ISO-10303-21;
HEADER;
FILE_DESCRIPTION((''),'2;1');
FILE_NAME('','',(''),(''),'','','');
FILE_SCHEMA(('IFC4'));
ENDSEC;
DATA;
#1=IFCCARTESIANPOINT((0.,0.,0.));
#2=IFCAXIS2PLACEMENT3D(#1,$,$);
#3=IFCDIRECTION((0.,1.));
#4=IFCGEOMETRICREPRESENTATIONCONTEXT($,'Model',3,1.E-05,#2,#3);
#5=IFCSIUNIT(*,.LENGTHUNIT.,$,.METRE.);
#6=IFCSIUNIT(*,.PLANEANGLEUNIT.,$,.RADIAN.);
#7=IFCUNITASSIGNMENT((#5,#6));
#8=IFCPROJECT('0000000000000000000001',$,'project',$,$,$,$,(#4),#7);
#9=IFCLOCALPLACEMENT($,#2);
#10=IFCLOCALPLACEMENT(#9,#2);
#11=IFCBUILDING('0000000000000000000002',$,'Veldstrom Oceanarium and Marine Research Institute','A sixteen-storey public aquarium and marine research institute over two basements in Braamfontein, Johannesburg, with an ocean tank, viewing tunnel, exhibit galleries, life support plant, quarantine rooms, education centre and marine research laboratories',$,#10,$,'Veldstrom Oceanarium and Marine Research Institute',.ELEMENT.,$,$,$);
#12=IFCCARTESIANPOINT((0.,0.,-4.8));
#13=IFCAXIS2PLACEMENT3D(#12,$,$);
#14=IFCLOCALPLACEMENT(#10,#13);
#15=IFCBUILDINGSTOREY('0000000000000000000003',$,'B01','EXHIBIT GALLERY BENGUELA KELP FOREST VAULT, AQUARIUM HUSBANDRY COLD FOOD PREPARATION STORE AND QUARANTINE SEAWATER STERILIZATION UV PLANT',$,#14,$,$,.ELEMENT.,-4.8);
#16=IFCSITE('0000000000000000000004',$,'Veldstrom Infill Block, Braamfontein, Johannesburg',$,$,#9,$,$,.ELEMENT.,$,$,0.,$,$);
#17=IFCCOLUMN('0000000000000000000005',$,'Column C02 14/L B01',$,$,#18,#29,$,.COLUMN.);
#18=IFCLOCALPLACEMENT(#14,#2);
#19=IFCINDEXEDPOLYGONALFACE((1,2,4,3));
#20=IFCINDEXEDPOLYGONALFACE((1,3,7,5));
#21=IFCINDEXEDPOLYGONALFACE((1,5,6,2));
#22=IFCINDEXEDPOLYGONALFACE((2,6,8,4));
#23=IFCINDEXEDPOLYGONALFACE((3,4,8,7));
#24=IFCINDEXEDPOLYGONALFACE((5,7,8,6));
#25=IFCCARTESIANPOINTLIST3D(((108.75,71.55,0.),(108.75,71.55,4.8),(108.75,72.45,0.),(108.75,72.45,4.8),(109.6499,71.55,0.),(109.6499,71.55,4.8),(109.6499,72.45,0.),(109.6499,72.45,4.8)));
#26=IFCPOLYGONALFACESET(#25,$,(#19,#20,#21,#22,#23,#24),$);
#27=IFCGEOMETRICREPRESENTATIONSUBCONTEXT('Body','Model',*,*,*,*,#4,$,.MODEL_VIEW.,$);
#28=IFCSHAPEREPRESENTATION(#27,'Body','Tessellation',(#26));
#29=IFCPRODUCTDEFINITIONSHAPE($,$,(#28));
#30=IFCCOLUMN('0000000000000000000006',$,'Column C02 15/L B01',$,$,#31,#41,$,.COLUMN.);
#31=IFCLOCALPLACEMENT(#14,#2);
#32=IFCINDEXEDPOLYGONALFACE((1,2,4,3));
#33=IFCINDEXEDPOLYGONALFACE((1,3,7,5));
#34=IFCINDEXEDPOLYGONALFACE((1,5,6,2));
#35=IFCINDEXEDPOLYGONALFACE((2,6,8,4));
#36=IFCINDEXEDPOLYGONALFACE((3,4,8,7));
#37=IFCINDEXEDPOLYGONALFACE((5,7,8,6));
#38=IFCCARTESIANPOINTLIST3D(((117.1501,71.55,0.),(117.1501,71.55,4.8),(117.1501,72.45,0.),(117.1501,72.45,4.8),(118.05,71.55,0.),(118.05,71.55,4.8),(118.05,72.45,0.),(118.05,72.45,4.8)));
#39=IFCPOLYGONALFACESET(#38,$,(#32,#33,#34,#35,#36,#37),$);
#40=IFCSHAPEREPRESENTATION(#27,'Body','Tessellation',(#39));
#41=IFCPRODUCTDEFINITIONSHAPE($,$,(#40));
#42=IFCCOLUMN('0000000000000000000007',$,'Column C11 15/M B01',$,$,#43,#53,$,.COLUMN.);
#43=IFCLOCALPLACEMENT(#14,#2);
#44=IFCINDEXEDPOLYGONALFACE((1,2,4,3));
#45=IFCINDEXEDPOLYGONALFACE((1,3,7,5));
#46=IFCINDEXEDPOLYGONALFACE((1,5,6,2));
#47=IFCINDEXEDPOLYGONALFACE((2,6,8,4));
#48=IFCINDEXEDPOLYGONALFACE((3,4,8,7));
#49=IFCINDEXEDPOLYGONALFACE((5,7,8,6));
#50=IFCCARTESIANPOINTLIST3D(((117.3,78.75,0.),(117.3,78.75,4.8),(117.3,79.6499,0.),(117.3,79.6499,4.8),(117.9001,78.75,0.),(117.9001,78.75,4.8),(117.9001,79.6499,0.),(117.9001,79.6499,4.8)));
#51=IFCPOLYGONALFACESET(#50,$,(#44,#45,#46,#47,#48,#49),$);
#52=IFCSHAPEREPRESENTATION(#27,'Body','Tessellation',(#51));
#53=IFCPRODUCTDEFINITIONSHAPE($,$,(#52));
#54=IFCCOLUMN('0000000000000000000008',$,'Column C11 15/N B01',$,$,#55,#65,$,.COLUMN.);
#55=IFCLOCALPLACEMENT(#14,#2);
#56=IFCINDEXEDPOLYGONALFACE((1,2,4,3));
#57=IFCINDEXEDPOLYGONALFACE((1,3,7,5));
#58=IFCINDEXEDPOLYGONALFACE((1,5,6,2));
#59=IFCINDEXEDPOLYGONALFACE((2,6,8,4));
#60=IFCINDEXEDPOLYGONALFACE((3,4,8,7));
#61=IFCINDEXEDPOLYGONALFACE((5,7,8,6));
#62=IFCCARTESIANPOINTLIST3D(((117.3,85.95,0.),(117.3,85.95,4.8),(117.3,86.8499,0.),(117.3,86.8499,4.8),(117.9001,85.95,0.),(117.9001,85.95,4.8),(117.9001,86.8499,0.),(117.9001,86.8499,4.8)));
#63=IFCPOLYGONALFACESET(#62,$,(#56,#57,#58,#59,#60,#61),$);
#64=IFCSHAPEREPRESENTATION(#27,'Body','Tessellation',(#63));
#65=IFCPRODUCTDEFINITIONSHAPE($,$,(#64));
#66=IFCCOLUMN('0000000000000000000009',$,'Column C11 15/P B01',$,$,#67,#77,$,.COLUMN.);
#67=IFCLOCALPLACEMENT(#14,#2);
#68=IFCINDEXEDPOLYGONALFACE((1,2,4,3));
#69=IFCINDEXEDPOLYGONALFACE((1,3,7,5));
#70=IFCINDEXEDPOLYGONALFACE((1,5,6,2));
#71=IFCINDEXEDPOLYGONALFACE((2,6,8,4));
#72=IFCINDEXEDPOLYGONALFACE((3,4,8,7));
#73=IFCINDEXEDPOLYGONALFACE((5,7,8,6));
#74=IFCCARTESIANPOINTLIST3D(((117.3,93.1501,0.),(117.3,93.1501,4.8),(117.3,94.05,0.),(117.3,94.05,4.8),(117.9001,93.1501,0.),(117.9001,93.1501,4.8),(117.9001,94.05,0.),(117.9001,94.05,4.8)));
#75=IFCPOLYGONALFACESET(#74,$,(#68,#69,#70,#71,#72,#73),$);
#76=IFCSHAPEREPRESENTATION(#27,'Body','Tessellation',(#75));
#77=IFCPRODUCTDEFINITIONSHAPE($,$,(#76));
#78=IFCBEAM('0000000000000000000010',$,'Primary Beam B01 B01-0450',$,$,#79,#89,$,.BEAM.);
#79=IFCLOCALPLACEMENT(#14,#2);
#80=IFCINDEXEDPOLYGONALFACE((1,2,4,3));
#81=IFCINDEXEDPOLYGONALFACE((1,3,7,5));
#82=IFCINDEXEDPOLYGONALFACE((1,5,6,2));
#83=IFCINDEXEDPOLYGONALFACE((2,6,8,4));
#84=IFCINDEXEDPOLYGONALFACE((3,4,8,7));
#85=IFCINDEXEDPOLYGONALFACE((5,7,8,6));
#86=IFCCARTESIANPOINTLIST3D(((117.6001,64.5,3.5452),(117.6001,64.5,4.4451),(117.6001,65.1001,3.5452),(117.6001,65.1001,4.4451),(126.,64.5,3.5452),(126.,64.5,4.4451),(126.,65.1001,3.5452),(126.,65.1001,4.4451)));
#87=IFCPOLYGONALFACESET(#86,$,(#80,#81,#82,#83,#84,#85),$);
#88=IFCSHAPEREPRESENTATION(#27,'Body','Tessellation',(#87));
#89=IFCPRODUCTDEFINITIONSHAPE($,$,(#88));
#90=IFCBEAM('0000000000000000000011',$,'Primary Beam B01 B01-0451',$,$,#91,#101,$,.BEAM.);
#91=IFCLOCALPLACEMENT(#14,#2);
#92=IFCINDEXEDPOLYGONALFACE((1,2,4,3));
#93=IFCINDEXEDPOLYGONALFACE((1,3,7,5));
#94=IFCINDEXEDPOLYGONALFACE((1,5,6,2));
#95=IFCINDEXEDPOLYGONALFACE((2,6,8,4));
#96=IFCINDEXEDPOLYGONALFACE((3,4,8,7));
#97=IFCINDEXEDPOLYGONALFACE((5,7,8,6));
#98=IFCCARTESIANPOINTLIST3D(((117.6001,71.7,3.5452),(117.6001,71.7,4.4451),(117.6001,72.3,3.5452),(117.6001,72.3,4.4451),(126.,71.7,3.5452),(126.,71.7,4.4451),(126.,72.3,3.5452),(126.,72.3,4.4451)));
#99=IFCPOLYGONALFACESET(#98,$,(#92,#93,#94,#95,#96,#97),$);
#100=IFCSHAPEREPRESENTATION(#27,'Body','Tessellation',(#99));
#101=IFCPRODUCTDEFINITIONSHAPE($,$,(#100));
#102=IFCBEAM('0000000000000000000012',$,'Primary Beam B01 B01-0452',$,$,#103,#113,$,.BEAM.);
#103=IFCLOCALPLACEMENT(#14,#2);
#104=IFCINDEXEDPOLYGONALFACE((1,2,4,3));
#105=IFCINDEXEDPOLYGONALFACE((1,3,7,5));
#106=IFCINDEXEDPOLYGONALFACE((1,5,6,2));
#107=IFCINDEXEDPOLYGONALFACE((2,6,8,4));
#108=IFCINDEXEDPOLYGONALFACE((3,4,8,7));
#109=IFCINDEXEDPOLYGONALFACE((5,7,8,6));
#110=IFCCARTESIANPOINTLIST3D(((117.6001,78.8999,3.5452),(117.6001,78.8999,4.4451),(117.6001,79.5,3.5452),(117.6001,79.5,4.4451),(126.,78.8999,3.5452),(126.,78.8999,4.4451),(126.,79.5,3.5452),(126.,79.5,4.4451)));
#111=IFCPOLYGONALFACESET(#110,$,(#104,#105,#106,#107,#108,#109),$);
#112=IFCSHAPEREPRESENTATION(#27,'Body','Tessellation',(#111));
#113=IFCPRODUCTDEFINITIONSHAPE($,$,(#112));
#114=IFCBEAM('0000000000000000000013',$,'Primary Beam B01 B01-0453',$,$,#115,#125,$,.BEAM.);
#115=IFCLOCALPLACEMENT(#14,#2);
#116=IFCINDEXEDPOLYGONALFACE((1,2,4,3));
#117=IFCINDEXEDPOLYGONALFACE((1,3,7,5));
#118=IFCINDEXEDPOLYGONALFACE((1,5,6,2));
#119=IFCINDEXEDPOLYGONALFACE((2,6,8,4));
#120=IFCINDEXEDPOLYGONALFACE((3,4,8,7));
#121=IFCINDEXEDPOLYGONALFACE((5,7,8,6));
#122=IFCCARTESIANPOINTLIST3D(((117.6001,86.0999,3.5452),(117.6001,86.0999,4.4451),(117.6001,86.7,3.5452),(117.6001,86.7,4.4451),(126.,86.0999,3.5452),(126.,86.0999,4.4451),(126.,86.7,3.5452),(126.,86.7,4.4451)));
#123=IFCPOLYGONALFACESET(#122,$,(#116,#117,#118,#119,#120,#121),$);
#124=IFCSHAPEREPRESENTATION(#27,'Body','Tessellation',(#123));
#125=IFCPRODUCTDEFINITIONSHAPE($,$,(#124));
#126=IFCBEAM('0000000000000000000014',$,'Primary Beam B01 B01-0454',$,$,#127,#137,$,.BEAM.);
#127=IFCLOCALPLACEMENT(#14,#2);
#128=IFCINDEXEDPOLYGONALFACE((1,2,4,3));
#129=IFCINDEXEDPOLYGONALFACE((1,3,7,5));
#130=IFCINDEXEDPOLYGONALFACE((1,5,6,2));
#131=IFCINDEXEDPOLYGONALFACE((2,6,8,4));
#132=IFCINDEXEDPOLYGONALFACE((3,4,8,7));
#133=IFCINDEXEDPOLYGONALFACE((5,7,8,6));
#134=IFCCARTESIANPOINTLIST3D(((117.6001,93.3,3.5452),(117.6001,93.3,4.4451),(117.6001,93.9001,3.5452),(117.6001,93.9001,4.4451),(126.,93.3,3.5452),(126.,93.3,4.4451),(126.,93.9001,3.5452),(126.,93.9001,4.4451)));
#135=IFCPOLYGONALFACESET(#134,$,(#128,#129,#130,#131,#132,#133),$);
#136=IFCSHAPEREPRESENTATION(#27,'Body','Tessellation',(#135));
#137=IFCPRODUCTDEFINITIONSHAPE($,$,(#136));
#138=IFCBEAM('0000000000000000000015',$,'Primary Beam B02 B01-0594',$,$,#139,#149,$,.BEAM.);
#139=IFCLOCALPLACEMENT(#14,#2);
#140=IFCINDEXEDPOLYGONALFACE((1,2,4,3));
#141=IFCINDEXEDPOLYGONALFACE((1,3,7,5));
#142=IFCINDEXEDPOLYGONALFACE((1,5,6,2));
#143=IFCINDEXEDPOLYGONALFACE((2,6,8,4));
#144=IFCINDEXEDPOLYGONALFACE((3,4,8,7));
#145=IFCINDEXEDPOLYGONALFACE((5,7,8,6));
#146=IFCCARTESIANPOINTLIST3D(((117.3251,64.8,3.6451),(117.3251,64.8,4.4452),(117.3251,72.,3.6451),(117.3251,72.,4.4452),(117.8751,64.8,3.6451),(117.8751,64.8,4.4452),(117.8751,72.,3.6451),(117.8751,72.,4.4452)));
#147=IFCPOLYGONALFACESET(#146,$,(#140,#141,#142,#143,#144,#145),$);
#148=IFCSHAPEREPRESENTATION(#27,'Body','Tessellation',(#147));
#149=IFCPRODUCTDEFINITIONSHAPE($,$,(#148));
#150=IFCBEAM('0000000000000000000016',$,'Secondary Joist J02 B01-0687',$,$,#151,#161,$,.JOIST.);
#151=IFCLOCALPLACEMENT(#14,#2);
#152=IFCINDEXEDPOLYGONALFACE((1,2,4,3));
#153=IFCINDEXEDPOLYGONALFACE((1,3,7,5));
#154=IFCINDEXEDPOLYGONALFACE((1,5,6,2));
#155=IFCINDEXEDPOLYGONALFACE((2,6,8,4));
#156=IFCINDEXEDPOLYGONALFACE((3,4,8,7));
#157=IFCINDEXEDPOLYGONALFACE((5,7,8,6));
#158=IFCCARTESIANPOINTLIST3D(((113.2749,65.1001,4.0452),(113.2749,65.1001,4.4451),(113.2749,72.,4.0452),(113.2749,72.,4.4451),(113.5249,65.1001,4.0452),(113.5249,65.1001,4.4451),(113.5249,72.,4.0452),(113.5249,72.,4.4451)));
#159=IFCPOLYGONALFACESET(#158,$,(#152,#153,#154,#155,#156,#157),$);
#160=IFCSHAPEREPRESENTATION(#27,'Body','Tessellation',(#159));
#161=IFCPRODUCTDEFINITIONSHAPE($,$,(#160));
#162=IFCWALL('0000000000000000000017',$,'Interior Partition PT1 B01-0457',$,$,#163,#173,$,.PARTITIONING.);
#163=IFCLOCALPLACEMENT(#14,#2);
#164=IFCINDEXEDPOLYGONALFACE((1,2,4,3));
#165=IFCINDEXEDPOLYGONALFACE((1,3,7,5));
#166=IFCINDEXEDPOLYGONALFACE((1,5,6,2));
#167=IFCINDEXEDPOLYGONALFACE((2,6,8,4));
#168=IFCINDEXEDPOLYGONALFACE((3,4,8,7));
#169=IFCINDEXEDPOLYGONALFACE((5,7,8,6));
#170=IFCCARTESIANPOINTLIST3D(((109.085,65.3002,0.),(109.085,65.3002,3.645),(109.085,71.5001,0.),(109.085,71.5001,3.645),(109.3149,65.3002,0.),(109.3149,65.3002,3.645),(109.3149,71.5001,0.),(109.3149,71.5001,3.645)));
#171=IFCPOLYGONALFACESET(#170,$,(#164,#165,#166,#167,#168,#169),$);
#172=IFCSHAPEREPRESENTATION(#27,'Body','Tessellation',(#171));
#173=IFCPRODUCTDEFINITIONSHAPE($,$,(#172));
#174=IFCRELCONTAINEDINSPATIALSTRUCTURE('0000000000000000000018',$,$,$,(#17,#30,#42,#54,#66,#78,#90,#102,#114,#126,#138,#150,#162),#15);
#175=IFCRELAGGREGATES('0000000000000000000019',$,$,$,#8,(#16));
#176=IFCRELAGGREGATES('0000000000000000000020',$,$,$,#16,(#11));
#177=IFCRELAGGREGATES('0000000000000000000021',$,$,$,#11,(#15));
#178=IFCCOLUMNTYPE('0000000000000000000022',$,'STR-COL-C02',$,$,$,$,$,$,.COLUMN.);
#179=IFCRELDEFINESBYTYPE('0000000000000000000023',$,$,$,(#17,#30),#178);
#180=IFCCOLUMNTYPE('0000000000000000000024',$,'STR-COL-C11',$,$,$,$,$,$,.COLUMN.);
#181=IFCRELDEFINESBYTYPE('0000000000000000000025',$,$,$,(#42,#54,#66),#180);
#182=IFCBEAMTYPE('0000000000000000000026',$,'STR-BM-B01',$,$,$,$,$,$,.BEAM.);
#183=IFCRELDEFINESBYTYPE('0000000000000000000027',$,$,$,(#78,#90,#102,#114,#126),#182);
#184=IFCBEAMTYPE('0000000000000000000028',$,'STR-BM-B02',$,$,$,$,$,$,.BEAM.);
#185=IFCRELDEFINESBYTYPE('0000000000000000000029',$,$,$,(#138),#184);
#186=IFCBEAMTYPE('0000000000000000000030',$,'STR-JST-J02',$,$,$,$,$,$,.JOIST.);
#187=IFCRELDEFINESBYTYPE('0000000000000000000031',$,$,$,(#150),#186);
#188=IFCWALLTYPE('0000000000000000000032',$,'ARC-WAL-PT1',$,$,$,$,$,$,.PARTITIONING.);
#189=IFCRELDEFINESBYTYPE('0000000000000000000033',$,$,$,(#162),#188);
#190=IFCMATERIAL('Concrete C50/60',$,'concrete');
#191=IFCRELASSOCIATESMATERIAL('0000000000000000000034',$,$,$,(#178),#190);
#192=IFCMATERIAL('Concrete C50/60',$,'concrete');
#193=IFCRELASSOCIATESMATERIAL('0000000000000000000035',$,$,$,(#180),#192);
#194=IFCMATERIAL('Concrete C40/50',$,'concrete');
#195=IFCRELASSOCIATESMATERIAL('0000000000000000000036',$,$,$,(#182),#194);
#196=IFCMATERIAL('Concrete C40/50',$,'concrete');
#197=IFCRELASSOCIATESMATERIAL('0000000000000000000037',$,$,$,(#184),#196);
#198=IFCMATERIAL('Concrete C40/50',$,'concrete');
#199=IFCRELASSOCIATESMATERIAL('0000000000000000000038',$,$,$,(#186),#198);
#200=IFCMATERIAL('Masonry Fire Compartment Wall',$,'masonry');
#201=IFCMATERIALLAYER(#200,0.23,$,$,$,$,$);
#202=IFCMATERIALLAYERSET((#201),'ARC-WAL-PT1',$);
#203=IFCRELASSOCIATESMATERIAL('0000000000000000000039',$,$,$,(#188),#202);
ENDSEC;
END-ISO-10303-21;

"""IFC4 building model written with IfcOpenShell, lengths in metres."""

from ifc_helpers import new_model, si_unit, direction, frame, frame_2d, origin, origin_2d, place, context, subcontext, project, spatial, rectangle, extrude, material, layer, layer_set, material_profile, profile_set, type_object, element, save


model = new_model("IFC4")

# Units and contexts
model_context = context("Model", 3, precision=1e-05, world=origin(), true_north=direction((0.0, 1.0)))
body_context = subcontext(model_context, "Body", "Model", "MODEL_VIEW")
ifc_project = project(units=[si_unit("LENGTHUNIT", "METRE"), si_unit("PLANEANGLEUNIT", "RADIAN")], contexts=[model_context])

# Site, building, storey
site_placement = place(None, origin())
site = spatial("IfcSite", under=ifc_project, at=site_placement, Name="Veldstrom Infill Block, Braamfontein, Johannesburg", CompositionType="ELEMENT", RefElevation=0.0)
building_placement = place(site_placement, origin())
building = spatial("IfcBuilding", under=site, at=building_placement, Name="Veldstrom Oceanarium and Marine Research Institute", Description="A sixteen-storey public aquarium and marine research institute over two basements in Braamfontein, Johannesburg, with an ocean tank, viewing tunnel, exhibit galleries, life support plant, quarantine rooms, education centre and marine research laboratories", LongName="Veldstrom Oceanarium and Marine Research Institute", CompositionType="ELEMENT")
storey_placement = place(building_placement, frame((0.0, 0.0, -4.8)))
storey = spatial("IfcBuildingStorey", under=building, at=storey_placement, Name="B01", Description="EXHIBIT GALLERY BENGUELA KELP FOREST VAULT, AQUARIUM HUSBANDRY COLD FOOD PREPARATION STORE AND QUARANTINE SEAWATER STERILIZATION UV PLANT", CompositionType="ELEMENT", Elevation=-4.8)

# Columns
ifc_material_1 = material(Name="Concrete C50/60", Category="concrete")
ifc_material_profile_1 = material_profile(ifc_material_1, rectangle(XDim=0.8999, YDim=0.8999, at=origin_2d()), Name="RC-COL-900x900")
ifc_profile_set_1 = profile_set([ifc_material_profile_1], Name="Concrete C50/60")
column_type_1 = type_object("IfcColumnType", Name="STR-COL-C02", PredefinedType="COLUMN", material=ifc_profile_set_1)
for number, where, z_axis, x_axis, name in (
    (1, (109.2, 72.0, 0.0), (0.0, 0.0, 1.0), (1.0, 0.0, 0.0), "Column C02 14/L B01"),
    (2, (117.6001, 72.0, 0.0), (0.0, 0.0, 1.0), (1.0, 0.0, 0.0), "Column C02 15/L B01"),
):
    element("IfcColumn", number, at=place(storey_placement, frame(where, z_axis=z_axis, x_axis=x_axis)), inside=storey, type_object=column_type_1, Name=name, PredefinedType="COLUMN", context=body_context, shape_type="SweptSolid", body=[
        extrude(rectangle(XDim=0.8999, YDim=0.8999, at=origin_2d()), origin(), (0.0, 0.0, 1.0), 4.8),
    ])
ifc_material_2 = material(Name="Concrete C50/60", Category="concrete")
ifc_material_profile_2 = material_profile(ifc_material_2, rectangle(XDim=0.6001, YDim=0.8999, at=origin_2d()), Name="RC-COL-900x600")
ifc_profile_set_2 = profile_set([ifc_material_profile_2], Name="Concrete C50/60")
column_type_2 = type_object("IfcColumnType", Name="STR-COL-C11", PredefinedType="COLUMN", material=ifc_profile_set_2)
for number, where, z_axis, x_axis, name in (
    (3, (117.6001, 79.2, 0.0), (0.0, 0.0, 1.0), (1.0, 0.0, 0.0), "Column C11 15/M B01"),
    (4, (117.6001, 86.3999, 0.0), (0.0, 0.0, 1.0), (1.0, 0.0, 0.0), "Column C11 15/N B01"),
    (5, (117.6001, 93.6001, 0.0), (0.0, 0.0, 1.0), (1.0, 0.0, 0.0), "Column C11 15/P B01"),
):
    element("IfcColumn", number, at=place(storey_placement, frame(where, z_axis=z_axis, x_axis=x_axis)), inside=storey, type_object=column_type_2, Name=name, PredefinedType="COLUMN", context=body_context, shape_type="SweptSolid", body=[
        extrude(rectangle(XDim=0.6001, YDim=0.8999, at=origin_2d()), origin(), (0.0, 0.0, 1.0), 4.8),
    ])

# Beams
ifc_material_3 = material(Name="Concrete C40/50", Category="concrete")
ifc_material_profile_3 = material_profile(ifc_material_3, rectangle(XDim=0.6001, YDim=0.8999, at=origin_2d()), Name="RC-BM-600x900")
ifc_profile_set_3 = profile_set([ifc_material_profile_3], Name="Concrete C40/50")
beam_type_1 = type_object("IfcBeamType", Name="STR-BM-B01", PredefinedType="BEAM", material=ifc_profile_set_3)
for number, where, z_axis, x_axis, name in (
    (6, (117.6001, 64.8, 3.9951), (1.0, 0.0, 0.0), (0.0, 1.0, 0.0), "Primary Beam B01 B01-0450"),
    (7, (117.6001, 72.0, 3.9951), (1.0, 0.0, 0.0), (0.0, 1.0, 0.0), "Primary Beam B01 B01-0451"),
    (8, (117.6001, 79.2, 3.9951), (1.0, 0.0, 0.0), (0.0, 1.0, 0.0), "Primary Beam B01 B01-0452"),
    (9, (117.6001, 86.3999, 3.9951), (1.0, 0.0, 0.0), (0.0, 1.0, 0.0), "Primary Beam B01 B01-0453"),
    (10, (117.6001, 93.6001, 3.9951), (1.0, 0.0, 0.0), (0.0, 1.0, 0.0), "Primary Beam B01 B01-0454"),
):
    element("IfcBeam", number, at=place(storey_placement, frame(where, z_axis=z_axis, x_axis=x_axis)), inside=storey, type_object=beam_type_1, Name=name, PredefinedType="BEAM", context=body_context, shape_type="SweptSolid", body=[
        extrude(rectangle(XDim=0.6001, YDim=0.8999, at=origin_2d()), origin(), (0.0, 0.0, 1.0), 8.3999),
    ])
ifc_material_4 = material(Name="Concrete C40/50", Category="concrete")
ifc_material_profile_4 = material_profile(ifc_material_4, rectangle(XDim=0.55, YDim=0.8, at=origin_2d()), Name="RC-BM-550x800")
ifc_profile_set_4 = profile_set([ifc_material_profile_4], Name="Concrete C40/50")
beam_type_2 = type_object("IfcBeamType", Name="STR-BM-B02", PredefinedType="BEAM", material=ifc_profile_set_4)
beam_1_placement = place(storey_placement, frame((117.6001, 64.8, 4.0452), z_axis=(0.0, 1.0, 0.0), x_axis=(-1.0, 0.0, 0.0)))
element("IfcBeam", 11, at=beam_1_placement, inside=storey, type_object=beam_type_2, Name="Primary Beam B02 B01-0594", PredefinedType="BEAM", context=body_context, shape_type="SweptSolid", body=[
    extrude(rectangle(XDim=0.55, YDim=0.8, at=origin_2d()), origin(), (0.0, 0.0, 1.0), 7.2),
])
ifc_material_5 = material(Name="Concrete C40/50", Category="concrete")
ifc_material_profile_5 = material_profile(ifc_material_5, rectangle(XDim=0.25, YDim=0.3999, at=origin_2d()), Name="RC-JST-250x400")
ifc_profile_set_5 = profile_set([ifc_material_profile_5], Name="Concrete C40/50")
beam_type_3 = type_object("IfcBeamType", Name="STR-JST-J02", PredefinedType="JOIST", material=ifc_profile_set_5)
beam_2_placement = place(storey_placement, frame((113.3999, 65.1001, 4.2451), z_axis=(0.0, 1.0, 0.0), x_axis=(-1.0, 0.0, 0.0)))
element("IfcBeam", 12, at=beam_2_placement, inside=storey, type_object=beam_type_3, Name="Secondary Joist J02 B01-0687", PredefinedType="JOIST", context=body_context, shape_type="SweptSolid", body=[
    extrude(rectangle(XDim=0.25, YDim=0.3999, at=origin_2d()), origin(), (0.0, 0.0, 1.0), 6.8999),
])

# Wall
ifc_material_6 = material(Name="Masonry Fire Compartment Wall", Category="masonry")
ifc_layer_1 = layer(ifc_material_6, 0.23)
ifc_layer_set_1 = layer_set([ifc_layer_1], Name="ARC-WAL-PT1")
wall_type_1 = type_object("IfcWallType", Name="ARC-WAL-PT1", PredefinedType="PARTITIONING", material=ifc_layer_set_1)
wall_1_placement = place(storey_placement, frame((109.2, 65.3, 0.0), z_axis=(0.0, 0.0, 1.0), x_axis=(0.0, 1.0, 0.0)))
element("IfcWall", 13, at=wall_1_placement, inside=storey, type_object=wall_type_1, Name="Interior Partition PT1 B01-0457", PredefinedType="PARTITIONING", context=body_context, shape_type="SweptSolid", body=[
    extrude(rectangle(XDim=6.2, YDim=0.23, at=frame_2d((3.1001, 0.0))), origin(), (0.0, 0.0, 1.0), 3.645),
])

save(model, "model.ifc")
